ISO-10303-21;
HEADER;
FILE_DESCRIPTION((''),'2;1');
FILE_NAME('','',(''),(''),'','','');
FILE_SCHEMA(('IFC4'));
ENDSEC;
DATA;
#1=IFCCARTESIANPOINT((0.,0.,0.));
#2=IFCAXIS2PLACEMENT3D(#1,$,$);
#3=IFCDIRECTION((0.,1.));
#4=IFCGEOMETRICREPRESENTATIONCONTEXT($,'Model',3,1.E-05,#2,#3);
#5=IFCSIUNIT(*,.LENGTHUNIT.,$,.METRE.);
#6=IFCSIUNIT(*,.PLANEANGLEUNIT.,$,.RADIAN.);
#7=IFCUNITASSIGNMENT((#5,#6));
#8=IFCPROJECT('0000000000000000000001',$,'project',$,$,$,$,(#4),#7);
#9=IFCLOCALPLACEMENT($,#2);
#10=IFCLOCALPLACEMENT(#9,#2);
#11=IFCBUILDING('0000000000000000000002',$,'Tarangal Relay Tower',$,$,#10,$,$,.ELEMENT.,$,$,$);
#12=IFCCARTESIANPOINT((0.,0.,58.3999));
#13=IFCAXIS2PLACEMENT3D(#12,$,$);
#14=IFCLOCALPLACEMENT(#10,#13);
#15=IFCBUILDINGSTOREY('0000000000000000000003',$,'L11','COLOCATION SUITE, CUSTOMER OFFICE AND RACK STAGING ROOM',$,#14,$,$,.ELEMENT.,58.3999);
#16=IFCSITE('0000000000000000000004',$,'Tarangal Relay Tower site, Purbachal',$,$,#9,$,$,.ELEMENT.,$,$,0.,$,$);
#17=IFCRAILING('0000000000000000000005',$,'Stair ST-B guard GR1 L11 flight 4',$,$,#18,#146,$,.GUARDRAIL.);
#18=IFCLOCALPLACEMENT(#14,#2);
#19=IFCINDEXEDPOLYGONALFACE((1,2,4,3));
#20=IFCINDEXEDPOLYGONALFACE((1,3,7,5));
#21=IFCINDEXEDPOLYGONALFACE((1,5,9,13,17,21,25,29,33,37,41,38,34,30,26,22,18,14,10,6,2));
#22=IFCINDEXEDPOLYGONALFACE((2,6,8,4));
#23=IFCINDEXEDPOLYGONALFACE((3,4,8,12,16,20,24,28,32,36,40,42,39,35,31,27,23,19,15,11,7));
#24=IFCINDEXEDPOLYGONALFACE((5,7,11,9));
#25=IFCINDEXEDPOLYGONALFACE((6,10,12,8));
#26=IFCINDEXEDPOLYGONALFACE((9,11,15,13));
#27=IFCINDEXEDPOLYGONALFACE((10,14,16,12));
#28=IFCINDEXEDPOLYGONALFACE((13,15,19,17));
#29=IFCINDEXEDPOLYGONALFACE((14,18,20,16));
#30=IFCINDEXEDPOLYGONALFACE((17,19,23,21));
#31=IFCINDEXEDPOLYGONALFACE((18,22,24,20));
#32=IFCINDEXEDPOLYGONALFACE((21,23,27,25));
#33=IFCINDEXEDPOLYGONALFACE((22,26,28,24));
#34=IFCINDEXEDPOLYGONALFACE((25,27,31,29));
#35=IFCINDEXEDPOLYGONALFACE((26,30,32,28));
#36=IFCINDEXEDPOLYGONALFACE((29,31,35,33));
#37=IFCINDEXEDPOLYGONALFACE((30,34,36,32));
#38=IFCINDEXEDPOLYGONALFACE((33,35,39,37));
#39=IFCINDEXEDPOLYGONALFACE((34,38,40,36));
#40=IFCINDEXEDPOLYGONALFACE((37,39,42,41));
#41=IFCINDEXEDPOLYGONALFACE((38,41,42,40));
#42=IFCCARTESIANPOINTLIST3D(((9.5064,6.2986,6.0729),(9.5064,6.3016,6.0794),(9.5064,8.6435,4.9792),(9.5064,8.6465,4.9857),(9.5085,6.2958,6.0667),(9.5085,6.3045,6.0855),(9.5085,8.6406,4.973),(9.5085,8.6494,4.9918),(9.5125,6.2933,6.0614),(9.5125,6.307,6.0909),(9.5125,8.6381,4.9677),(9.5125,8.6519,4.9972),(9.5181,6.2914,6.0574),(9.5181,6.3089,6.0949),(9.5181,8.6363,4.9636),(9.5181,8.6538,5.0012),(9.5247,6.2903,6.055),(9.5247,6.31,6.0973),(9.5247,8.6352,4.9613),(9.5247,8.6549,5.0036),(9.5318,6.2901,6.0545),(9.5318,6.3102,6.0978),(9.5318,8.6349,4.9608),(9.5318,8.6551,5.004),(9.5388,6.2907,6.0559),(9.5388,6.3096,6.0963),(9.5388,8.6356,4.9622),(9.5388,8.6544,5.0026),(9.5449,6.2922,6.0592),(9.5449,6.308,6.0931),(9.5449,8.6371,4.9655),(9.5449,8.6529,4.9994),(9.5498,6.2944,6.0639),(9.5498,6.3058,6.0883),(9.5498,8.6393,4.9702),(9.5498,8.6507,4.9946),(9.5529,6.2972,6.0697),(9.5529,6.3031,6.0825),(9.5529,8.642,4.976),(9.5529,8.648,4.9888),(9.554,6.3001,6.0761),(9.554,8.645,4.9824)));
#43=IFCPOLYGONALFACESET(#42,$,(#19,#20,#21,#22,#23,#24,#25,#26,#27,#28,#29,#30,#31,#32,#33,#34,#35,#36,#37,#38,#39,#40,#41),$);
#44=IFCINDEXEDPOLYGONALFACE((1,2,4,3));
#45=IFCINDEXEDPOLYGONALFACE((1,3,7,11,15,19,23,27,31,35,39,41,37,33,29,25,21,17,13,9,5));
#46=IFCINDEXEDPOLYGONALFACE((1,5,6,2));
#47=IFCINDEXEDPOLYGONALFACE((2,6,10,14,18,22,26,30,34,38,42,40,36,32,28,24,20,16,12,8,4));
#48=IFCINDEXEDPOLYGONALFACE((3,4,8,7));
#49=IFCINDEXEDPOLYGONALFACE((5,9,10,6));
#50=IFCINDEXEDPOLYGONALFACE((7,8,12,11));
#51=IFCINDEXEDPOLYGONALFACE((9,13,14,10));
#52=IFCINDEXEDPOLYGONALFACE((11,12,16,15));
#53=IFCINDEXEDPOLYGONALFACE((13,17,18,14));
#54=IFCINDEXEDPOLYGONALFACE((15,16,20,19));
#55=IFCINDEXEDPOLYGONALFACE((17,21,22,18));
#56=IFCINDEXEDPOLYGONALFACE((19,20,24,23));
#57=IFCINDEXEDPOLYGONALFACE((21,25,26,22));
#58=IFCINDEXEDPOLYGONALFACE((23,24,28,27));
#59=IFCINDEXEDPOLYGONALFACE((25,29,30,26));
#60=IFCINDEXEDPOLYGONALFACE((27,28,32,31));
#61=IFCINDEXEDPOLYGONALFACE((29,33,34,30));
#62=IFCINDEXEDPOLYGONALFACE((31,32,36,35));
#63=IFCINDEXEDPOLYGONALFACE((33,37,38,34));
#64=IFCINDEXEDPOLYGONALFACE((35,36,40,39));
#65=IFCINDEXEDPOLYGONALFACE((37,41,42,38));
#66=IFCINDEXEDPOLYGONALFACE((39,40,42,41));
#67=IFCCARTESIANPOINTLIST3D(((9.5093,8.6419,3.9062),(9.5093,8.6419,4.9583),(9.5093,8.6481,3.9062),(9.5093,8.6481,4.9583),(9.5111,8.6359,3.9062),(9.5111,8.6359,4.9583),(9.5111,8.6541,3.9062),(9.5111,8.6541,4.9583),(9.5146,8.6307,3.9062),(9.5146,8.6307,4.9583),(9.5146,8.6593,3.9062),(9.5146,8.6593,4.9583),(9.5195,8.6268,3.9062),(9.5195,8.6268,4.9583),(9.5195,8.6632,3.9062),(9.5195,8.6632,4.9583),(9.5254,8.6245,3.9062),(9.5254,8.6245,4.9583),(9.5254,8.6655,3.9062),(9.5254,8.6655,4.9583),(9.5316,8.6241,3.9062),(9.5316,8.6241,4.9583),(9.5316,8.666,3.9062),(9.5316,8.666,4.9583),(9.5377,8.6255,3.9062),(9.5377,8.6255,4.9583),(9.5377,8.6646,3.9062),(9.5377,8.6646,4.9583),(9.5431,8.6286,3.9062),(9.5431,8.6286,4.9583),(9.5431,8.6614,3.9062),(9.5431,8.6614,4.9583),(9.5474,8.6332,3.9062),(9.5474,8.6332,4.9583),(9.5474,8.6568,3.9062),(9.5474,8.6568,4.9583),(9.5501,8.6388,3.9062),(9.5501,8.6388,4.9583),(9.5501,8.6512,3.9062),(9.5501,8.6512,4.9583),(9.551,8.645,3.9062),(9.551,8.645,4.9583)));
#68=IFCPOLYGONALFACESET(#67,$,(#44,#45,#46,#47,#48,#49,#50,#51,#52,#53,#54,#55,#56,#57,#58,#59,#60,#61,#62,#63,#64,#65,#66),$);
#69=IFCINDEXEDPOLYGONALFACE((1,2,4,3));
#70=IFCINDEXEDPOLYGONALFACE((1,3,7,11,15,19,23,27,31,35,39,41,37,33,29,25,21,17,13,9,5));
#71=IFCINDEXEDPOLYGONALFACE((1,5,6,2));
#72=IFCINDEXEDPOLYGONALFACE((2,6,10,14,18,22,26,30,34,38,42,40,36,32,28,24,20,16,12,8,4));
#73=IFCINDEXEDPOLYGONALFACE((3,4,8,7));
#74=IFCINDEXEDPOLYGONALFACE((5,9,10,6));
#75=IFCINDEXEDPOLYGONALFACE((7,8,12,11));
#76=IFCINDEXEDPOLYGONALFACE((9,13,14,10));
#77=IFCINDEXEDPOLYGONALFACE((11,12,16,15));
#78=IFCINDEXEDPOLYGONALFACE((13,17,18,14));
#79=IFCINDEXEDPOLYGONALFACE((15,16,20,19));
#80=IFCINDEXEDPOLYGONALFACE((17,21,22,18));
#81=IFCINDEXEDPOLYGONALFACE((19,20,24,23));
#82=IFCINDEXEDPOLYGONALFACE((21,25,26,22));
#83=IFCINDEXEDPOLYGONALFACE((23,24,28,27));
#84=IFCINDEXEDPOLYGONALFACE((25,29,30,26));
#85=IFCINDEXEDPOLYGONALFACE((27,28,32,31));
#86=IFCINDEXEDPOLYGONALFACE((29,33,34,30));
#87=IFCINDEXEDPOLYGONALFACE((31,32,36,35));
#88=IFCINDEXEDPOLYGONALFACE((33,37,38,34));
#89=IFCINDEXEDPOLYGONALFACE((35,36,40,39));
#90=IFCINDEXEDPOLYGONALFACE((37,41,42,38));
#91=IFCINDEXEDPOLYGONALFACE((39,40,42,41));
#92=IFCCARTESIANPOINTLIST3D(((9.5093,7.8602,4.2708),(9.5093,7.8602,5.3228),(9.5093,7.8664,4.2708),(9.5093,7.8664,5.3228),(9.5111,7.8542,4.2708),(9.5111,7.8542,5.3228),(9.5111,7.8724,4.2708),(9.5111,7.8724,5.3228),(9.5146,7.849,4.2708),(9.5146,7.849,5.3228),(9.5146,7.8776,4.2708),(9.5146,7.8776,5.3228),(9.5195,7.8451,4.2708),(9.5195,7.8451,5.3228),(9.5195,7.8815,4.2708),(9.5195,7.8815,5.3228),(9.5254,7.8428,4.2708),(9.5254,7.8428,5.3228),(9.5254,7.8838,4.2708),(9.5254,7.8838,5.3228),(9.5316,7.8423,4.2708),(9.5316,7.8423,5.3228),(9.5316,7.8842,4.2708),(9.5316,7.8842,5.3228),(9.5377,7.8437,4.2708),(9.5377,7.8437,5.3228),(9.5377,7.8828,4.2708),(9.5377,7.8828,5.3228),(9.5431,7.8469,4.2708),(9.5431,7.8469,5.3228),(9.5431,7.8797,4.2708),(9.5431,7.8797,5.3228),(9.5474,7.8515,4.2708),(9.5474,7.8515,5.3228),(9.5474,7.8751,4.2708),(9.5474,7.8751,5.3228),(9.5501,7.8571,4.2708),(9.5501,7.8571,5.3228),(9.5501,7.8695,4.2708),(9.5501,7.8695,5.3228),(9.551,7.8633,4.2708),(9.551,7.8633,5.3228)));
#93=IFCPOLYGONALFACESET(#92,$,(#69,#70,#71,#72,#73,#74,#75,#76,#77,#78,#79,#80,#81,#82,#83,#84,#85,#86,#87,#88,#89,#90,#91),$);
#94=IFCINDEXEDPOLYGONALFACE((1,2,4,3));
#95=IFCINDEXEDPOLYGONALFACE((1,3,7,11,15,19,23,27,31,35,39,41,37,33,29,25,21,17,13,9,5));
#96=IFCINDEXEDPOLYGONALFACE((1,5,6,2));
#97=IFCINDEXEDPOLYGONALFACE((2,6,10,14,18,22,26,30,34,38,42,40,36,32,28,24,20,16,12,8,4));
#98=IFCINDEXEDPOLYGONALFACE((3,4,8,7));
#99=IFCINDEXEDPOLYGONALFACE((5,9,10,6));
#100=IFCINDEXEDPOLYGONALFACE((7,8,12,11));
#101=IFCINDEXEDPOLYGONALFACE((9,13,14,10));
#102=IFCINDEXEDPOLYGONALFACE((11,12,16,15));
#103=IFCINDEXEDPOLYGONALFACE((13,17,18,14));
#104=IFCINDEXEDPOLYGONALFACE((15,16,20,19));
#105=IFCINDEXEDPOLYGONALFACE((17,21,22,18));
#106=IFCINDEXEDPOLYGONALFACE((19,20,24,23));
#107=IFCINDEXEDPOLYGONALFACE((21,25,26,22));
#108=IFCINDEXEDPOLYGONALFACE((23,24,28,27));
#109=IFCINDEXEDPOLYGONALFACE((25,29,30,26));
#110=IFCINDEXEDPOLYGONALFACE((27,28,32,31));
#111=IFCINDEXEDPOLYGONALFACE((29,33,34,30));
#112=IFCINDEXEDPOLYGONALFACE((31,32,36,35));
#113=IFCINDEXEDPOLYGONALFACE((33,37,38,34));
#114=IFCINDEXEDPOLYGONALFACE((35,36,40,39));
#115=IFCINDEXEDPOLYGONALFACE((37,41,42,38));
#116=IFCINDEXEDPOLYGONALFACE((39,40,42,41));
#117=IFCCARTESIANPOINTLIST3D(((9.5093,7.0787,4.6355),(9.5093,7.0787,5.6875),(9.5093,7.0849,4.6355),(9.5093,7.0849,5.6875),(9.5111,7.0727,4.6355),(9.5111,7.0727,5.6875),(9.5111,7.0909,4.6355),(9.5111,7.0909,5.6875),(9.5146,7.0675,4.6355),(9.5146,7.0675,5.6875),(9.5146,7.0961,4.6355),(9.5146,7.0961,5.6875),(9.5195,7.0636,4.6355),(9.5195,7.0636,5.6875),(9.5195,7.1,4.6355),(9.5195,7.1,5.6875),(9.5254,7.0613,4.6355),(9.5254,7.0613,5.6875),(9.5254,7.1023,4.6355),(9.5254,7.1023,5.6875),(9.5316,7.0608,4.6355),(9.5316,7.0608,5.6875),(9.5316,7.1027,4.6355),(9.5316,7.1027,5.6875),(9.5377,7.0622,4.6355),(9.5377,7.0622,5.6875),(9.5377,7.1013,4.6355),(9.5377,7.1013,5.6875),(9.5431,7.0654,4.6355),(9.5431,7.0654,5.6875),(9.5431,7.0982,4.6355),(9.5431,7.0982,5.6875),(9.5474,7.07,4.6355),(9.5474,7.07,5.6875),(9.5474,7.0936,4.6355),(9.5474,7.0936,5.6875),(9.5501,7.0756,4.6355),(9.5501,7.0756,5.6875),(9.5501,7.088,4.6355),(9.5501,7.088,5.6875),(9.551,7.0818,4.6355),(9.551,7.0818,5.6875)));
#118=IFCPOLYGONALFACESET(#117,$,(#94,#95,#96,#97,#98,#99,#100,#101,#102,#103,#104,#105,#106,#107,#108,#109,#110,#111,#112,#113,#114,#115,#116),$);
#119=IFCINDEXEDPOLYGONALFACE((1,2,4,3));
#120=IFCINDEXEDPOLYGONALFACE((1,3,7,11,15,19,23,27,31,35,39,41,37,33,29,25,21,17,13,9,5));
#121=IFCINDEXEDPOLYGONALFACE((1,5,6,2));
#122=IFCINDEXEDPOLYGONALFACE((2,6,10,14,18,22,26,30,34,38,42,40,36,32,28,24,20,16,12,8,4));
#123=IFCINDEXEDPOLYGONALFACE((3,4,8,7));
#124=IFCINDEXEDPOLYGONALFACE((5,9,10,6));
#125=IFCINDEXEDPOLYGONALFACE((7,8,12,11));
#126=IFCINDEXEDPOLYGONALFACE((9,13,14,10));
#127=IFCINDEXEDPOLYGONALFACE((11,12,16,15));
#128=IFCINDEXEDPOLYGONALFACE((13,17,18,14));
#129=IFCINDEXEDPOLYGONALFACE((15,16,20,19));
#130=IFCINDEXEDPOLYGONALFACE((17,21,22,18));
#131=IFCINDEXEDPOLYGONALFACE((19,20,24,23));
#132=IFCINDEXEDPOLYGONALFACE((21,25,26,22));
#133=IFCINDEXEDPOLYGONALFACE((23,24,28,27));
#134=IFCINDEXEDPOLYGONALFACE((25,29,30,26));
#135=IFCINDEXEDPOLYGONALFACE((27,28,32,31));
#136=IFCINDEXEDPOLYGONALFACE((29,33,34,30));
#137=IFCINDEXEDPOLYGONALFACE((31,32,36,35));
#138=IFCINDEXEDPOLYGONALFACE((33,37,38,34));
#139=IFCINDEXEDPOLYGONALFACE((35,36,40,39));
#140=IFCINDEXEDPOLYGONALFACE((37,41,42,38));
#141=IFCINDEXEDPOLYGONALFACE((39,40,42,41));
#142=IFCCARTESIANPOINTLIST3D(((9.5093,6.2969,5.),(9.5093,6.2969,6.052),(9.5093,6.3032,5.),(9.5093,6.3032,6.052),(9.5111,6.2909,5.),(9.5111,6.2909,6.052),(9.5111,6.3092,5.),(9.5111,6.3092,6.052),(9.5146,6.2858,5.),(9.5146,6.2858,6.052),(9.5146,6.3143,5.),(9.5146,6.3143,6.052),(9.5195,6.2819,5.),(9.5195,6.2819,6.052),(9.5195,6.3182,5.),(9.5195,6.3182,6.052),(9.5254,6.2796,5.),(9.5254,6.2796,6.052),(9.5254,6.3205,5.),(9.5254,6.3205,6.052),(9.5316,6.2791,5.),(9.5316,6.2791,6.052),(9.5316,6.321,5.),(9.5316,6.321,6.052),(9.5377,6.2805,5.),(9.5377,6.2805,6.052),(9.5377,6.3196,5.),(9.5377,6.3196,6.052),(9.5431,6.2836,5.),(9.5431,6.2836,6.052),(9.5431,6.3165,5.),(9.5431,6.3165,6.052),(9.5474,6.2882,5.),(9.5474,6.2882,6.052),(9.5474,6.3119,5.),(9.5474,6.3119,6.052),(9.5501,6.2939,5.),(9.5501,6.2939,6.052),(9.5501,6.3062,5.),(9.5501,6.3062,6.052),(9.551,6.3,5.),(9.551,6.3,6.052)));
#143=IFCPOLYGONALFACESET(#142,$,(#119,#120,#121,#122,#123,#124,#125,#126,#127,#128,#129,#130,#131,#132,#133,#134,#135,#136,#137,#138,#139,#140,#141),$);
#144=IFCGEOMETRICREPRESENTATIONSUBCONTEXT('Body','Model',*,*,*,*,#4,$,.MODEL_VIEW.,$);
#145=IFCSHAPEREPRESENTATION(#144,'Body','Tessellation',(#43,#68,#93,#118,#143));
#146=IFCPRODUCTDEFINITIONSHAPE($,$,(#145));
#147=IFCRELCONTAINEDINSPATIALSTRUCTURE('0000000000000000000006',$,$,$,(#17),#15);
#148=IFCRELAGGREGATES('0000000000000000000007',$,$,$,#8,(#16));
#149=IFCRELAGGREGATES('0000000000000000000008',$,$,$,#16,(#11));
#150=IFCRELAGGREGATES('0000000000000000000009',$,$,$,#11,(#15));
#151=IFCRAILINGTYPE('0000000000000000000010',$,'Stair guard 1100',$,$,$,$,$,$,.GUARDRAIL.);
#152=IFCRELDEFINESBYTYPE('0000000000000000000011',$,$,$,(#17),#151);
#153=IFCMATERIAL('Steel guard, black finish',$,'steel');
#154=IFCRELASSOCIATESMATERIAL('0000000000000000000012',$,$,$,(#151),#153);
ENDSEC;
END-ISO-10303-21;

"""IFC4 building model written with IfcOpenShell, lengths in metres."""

from ifc_helpers import new_model, si_unit, direction, frame, origin, origin_2d, place, context, subcontext, project, spatial, circle, extrude, material, type_object, element, save


model = new_model("IFC4")

# Units and contexts
model_context = context("Model", 3, precision=1e-05, world=origin(), true_north=direction((0.0, 1.0)))
body_context = subcontext(model_context, "Body", "Model", "MODEL_VIEW")
ifc_project = project(units=[si_unit("LENGTHUNIT", "METRE"), si_unit("PLANEANGLEUNIT", "RADIAN")], contexts=[model_context])

# Site, building, storey
site_placement = place(None, origin())
site = spatial("IfcSite", under=ifc_project, at=site_placement, Name="Tarangal Relay Tower site, Purbachal", CompositionType="ELEMENT", RefElevation=0.0)
building_placement = place(site_placement, origin())
building = spatial("IfcBuilding", under=site, at=building_placement, Name="Tarangal Relay Tower", CompositionType="ELEMENT")
storey_placement = place(building_placement, frame((0.0, 0.0, 58.3999)))
storey = spatial("IfcBuildingStorey", under=building, at=storey_placement, Name="L11", Description="COLOCATION SUITE, CUSTOMER OFFICE AND RACK STAGING ROOM", CompositionType="ELEMENT", Elevation=58.3999)

# Railing
ifc_material_1 = material(Name="Steel guard, black finish", Category="steel")
railing_type_1 = type_object("IfcRailingType", Name="Stair guard 1100", PredefinedType="GUARDRAIL", material=ifc_material_1)
railing_1_placement = place(storey_placement, frame((9.53, 8.645, 3.9062)))
element("IfcRailing", 1, at=railing_1_placement, inside=storey, type_object=railing_type_1, Name="Stair ST-B guard GR1 L11 flight 4", PredefinedType="GUARDRAIL", context=body_context, shape_type="SweptSolid", body=[
    extrude(circle(Radius=0.0239, at=origin_2d()), frame((0.0, 0.0, 1.0762), z_axis=(0.0, -0.906267, 0.422705), x_axis=(1.0, 0.0, 0.0)), (0.0, 0.0, 1.0), 2.5874),
    extrude(circle(Radius=0.021, at=origin_2d()), origin(), (0.0, 0.0, 1.0), 1.052),
    extrude(circle(Radius=0.021, at=origin_2d()), frame((0.0, -0.7817, 0.3645)), (0.0, 0.0, 1.0), 1.052),
    extrude(circle(Radius=0.021, at=origin_2d()), frame((0.0, -1.5632, 0.7292)), (0.0, 0.0, 1.0), 1.052),
    extrude(circle(Radius=0.021, at=origin_2d()), frame((0.0, -2.345, 1.0938)), (0.0, 0.0, 1.0), 1.052),
])

save(model, "model.ifc")
